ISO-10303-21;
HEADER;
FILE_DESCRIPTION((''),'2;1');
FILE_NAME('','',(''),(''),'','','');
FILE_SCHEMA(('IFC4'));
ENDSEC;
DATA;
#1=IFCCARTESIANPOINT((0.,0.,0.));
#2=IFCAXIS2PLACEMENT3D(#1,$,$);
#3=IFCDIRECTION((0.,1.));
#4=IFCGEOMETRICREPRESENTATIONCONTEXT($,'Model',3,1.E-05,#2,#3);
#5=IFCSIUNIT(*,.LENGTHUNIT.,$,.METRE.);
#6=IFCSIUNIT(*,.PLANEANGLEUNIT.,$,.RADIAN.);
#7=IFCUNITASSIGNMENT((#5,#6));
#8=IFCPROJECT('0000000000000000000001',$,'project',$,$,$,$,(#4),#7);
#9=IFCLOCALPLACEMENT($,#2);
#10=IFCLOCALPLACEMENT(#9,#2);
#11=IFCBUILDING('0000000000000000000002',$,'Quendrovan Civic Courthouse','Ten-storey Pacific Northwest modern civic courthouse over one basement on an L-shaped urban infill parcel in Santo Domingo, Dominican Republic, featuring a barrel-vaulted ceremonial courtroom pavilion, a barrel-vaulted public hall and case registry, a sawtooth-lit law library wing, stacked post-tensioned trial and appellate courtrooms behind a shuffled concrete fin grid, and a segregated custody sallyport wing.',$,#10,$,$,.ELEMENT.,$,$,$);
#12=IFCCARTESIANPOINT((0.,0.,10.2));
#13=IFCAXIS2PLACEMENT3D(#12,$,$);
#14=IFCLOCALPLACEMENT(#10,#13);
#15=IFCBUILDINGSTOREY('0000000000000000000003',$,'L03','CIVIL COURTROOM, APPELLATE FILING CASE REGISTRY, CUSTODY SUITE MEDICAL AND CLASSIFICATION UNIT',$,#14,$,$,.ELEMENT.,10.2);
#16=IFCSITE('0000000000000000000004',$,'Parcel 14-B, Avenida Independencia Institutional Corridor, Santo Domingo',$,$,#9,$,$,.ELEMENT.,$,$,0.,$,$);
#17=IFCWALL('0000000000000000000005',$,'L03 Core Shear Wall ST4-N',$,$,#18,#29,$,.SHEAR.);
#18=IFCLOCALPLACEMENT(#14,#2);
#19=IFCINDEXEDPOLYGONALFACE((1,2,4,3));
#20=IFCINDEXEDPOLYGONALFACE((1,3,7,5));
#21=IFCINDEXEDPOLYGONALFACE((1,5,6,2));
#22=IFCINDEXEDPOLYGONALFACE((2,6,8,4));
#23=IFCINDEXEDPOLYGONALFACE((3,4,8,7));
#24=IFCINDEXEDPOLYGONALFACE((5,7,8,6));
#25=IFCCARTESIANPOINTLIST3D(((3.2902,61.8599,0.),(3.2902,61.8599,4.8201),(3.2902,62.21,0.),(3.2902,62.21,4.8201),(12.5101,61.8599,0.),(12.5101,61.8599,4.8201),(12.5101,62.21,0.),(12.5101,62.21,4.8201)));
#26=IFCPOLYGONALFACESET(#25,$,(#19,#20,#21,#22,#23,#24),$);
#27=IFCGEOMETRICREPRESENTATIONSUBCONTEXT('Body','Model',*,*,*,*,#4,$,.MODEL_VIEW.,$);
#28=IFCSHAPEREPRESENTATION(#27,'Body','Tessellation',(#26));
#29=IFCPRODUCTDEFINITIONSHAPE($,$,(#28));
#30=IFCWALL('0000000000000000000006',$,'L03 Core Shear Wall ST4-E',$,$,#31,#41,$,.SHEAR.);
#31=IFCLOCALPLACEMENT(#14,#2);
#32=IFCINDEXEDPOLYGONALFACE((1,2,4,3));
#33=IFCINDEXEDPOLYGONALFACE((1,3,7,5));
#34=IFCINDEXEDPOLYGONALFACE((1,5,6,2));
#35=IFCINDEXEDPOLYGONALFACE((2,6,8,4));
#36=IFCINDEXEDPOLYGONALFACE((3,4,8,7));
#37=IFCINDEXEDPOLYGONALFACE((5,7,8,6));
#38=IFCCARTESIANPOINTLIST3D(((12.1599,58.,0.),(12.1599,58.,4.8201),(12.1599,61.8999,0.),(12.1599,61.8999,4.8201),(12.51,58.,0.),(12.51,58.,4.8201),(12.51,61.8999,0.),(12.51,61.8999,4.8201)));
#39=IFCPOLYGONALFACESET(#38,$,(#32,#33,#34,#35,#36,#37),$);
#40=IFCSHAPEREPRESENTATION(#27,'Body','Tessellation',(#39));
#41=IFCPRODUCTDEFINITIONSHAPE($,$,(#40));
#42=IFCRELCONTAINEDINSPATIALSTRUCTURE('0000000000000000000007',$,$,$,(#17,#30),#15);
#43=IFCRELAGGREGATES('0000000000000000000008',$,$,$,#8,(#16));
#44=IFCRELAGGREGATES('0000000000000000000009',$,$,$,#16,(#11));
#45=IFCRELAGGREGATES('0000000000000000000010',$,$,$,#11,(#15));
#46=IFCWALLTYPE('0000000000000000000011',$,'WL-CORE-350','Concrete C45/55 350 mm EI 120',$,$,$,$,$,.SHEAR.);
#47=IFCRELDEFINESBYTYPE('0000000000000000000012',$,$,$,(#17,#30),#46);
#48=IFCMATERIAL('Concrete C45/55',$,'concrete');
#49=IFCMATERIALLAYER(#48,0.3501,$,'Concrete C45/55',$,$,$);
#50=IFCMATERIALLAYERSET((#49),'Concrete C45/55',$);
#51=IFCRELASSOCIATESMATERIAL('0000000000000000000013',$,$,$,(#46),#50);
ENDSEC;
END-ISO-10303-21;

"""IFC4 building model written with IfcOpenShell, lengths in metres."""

from ifc_helpers import new_model, si_unit, direction, frame, frame_2d, origin, place, context, subcontext, project, spatial, rectangle, extrude, material, layer, layer_set, type_object, element, save


model = new_model("IFC4")

# Units and contexts
model_context = context("Model", 3, precision=1e-05, world=origin(), true_north=direction((0.0, 1.0)))
body_context = subcontext(model_context, "Body", "Model", "MODEL_VIEW")
ifc_project = project(units=[si_unit("LENGTHUNIT", "METRE"), si_unit("PLANEANGLEUNIT", "RADIAN")], contexts=[model_context])

# Site, building, storey
site_placement = place(None, origin())
site = spatial("IfcSite", under=ifc_project, at=site_placement, Name="Parcel 14-B, Avenida Independencia Institutional Corridor, Santo Domingo", CompositionType="ELEMENT", RefElevation=0.0)
building_placement = place(site_placement, origin())
building = spatial("IfcBuilding", under=site, at=building_placement, Name="Quendrovan Civic Courthouse", Description="Ten-storey Pacific Northwest modern civic courthouse over one basement on an L-shaped urban infill parcel in Santo Domingo, Dominican Republic, featuring a barrel-vaulted ceremonial courtroom pavilion, a barrel-vaulted public hall and case registry, a sawtooth-lit law library wing, stacked post-tensioned trial and appellate courtrooms behind a shuffled concrete fin grid, and a segregated custody sallyport wing.", CompositionType="ELEMENT")
storey_placement = place(building_placement, frame((0.0, 0.0, 10.2)))
storey = spatial("IfcBuildingStorey", under=building, at=storey_placement, Name="L03", Description="CIVIL COURTROOM, APPELLATE FILING CASE REGISTRY, CUSTODY SUITE MEDICAL AND CLASSIFICATION UNIT", CompositionType="ELEMENT", Elevation=10.2)

# Walls
ifc_material_1 = material(Name="Concrete C45/55", Category="concrete")
ifc_layer_1 = layer(ifc_material_1, 0.3501, Name="Concrete C45/55")
ifc_layer_set_1 = layer_set([ifc_layer_1], Name="Concrete C45/55")
wall_type_1 = type_object("IfcWallType", Name="WL-CORE-350", Description="Concrete C45/55 350 mm EI 120", PredefinedType="SHEAR", material=ifc_layer_set_1)
wall_1_placement = place(storey_placement, frame((12.51, 62.0349, 0.0), z_axis=(0.0, 0.0, 1.0), x_axis=(-1.0, 0.0, 0.0)))
element("IfcWall", 1, at=wall_1_placement, inside=storey, type_object=wall_type_1, Name="L03 Core Shear Wall ST4-N", PredefinedType="SHEAR", context=body_context, shape_type="SweptSolid", body=[
    extrude(rectangle(XDim=9.22, YDim=0.3501, at=frame_2d((4.6099, 0.0))), origin(), (0.0, 0.0, 1.0), 4.8201),
])
wall_2_placement = place(storey_placement, frame((12.335, 61.8999, 0.0), z_axis=(0.0, 0.0, 1.0), x_axis=(0.0, -1.0, 0.0)))
element("IfcWall", 2, at=wall_2_placement, inside=storey, type_object=wall_type_1, Name="L03 Core Shear Wall ST4-E", PredefinedType="SHEAR", context=body_context, shape_type="SweptSolid", body=[
    extrude(rectangle(XDim=3.8999, YDim=0.3501, at=frame_2d((1.95, 0.0))), origin(), (0.0, 0.0, 1.0), 4.8201),
])

save(model, "model.ifc")
